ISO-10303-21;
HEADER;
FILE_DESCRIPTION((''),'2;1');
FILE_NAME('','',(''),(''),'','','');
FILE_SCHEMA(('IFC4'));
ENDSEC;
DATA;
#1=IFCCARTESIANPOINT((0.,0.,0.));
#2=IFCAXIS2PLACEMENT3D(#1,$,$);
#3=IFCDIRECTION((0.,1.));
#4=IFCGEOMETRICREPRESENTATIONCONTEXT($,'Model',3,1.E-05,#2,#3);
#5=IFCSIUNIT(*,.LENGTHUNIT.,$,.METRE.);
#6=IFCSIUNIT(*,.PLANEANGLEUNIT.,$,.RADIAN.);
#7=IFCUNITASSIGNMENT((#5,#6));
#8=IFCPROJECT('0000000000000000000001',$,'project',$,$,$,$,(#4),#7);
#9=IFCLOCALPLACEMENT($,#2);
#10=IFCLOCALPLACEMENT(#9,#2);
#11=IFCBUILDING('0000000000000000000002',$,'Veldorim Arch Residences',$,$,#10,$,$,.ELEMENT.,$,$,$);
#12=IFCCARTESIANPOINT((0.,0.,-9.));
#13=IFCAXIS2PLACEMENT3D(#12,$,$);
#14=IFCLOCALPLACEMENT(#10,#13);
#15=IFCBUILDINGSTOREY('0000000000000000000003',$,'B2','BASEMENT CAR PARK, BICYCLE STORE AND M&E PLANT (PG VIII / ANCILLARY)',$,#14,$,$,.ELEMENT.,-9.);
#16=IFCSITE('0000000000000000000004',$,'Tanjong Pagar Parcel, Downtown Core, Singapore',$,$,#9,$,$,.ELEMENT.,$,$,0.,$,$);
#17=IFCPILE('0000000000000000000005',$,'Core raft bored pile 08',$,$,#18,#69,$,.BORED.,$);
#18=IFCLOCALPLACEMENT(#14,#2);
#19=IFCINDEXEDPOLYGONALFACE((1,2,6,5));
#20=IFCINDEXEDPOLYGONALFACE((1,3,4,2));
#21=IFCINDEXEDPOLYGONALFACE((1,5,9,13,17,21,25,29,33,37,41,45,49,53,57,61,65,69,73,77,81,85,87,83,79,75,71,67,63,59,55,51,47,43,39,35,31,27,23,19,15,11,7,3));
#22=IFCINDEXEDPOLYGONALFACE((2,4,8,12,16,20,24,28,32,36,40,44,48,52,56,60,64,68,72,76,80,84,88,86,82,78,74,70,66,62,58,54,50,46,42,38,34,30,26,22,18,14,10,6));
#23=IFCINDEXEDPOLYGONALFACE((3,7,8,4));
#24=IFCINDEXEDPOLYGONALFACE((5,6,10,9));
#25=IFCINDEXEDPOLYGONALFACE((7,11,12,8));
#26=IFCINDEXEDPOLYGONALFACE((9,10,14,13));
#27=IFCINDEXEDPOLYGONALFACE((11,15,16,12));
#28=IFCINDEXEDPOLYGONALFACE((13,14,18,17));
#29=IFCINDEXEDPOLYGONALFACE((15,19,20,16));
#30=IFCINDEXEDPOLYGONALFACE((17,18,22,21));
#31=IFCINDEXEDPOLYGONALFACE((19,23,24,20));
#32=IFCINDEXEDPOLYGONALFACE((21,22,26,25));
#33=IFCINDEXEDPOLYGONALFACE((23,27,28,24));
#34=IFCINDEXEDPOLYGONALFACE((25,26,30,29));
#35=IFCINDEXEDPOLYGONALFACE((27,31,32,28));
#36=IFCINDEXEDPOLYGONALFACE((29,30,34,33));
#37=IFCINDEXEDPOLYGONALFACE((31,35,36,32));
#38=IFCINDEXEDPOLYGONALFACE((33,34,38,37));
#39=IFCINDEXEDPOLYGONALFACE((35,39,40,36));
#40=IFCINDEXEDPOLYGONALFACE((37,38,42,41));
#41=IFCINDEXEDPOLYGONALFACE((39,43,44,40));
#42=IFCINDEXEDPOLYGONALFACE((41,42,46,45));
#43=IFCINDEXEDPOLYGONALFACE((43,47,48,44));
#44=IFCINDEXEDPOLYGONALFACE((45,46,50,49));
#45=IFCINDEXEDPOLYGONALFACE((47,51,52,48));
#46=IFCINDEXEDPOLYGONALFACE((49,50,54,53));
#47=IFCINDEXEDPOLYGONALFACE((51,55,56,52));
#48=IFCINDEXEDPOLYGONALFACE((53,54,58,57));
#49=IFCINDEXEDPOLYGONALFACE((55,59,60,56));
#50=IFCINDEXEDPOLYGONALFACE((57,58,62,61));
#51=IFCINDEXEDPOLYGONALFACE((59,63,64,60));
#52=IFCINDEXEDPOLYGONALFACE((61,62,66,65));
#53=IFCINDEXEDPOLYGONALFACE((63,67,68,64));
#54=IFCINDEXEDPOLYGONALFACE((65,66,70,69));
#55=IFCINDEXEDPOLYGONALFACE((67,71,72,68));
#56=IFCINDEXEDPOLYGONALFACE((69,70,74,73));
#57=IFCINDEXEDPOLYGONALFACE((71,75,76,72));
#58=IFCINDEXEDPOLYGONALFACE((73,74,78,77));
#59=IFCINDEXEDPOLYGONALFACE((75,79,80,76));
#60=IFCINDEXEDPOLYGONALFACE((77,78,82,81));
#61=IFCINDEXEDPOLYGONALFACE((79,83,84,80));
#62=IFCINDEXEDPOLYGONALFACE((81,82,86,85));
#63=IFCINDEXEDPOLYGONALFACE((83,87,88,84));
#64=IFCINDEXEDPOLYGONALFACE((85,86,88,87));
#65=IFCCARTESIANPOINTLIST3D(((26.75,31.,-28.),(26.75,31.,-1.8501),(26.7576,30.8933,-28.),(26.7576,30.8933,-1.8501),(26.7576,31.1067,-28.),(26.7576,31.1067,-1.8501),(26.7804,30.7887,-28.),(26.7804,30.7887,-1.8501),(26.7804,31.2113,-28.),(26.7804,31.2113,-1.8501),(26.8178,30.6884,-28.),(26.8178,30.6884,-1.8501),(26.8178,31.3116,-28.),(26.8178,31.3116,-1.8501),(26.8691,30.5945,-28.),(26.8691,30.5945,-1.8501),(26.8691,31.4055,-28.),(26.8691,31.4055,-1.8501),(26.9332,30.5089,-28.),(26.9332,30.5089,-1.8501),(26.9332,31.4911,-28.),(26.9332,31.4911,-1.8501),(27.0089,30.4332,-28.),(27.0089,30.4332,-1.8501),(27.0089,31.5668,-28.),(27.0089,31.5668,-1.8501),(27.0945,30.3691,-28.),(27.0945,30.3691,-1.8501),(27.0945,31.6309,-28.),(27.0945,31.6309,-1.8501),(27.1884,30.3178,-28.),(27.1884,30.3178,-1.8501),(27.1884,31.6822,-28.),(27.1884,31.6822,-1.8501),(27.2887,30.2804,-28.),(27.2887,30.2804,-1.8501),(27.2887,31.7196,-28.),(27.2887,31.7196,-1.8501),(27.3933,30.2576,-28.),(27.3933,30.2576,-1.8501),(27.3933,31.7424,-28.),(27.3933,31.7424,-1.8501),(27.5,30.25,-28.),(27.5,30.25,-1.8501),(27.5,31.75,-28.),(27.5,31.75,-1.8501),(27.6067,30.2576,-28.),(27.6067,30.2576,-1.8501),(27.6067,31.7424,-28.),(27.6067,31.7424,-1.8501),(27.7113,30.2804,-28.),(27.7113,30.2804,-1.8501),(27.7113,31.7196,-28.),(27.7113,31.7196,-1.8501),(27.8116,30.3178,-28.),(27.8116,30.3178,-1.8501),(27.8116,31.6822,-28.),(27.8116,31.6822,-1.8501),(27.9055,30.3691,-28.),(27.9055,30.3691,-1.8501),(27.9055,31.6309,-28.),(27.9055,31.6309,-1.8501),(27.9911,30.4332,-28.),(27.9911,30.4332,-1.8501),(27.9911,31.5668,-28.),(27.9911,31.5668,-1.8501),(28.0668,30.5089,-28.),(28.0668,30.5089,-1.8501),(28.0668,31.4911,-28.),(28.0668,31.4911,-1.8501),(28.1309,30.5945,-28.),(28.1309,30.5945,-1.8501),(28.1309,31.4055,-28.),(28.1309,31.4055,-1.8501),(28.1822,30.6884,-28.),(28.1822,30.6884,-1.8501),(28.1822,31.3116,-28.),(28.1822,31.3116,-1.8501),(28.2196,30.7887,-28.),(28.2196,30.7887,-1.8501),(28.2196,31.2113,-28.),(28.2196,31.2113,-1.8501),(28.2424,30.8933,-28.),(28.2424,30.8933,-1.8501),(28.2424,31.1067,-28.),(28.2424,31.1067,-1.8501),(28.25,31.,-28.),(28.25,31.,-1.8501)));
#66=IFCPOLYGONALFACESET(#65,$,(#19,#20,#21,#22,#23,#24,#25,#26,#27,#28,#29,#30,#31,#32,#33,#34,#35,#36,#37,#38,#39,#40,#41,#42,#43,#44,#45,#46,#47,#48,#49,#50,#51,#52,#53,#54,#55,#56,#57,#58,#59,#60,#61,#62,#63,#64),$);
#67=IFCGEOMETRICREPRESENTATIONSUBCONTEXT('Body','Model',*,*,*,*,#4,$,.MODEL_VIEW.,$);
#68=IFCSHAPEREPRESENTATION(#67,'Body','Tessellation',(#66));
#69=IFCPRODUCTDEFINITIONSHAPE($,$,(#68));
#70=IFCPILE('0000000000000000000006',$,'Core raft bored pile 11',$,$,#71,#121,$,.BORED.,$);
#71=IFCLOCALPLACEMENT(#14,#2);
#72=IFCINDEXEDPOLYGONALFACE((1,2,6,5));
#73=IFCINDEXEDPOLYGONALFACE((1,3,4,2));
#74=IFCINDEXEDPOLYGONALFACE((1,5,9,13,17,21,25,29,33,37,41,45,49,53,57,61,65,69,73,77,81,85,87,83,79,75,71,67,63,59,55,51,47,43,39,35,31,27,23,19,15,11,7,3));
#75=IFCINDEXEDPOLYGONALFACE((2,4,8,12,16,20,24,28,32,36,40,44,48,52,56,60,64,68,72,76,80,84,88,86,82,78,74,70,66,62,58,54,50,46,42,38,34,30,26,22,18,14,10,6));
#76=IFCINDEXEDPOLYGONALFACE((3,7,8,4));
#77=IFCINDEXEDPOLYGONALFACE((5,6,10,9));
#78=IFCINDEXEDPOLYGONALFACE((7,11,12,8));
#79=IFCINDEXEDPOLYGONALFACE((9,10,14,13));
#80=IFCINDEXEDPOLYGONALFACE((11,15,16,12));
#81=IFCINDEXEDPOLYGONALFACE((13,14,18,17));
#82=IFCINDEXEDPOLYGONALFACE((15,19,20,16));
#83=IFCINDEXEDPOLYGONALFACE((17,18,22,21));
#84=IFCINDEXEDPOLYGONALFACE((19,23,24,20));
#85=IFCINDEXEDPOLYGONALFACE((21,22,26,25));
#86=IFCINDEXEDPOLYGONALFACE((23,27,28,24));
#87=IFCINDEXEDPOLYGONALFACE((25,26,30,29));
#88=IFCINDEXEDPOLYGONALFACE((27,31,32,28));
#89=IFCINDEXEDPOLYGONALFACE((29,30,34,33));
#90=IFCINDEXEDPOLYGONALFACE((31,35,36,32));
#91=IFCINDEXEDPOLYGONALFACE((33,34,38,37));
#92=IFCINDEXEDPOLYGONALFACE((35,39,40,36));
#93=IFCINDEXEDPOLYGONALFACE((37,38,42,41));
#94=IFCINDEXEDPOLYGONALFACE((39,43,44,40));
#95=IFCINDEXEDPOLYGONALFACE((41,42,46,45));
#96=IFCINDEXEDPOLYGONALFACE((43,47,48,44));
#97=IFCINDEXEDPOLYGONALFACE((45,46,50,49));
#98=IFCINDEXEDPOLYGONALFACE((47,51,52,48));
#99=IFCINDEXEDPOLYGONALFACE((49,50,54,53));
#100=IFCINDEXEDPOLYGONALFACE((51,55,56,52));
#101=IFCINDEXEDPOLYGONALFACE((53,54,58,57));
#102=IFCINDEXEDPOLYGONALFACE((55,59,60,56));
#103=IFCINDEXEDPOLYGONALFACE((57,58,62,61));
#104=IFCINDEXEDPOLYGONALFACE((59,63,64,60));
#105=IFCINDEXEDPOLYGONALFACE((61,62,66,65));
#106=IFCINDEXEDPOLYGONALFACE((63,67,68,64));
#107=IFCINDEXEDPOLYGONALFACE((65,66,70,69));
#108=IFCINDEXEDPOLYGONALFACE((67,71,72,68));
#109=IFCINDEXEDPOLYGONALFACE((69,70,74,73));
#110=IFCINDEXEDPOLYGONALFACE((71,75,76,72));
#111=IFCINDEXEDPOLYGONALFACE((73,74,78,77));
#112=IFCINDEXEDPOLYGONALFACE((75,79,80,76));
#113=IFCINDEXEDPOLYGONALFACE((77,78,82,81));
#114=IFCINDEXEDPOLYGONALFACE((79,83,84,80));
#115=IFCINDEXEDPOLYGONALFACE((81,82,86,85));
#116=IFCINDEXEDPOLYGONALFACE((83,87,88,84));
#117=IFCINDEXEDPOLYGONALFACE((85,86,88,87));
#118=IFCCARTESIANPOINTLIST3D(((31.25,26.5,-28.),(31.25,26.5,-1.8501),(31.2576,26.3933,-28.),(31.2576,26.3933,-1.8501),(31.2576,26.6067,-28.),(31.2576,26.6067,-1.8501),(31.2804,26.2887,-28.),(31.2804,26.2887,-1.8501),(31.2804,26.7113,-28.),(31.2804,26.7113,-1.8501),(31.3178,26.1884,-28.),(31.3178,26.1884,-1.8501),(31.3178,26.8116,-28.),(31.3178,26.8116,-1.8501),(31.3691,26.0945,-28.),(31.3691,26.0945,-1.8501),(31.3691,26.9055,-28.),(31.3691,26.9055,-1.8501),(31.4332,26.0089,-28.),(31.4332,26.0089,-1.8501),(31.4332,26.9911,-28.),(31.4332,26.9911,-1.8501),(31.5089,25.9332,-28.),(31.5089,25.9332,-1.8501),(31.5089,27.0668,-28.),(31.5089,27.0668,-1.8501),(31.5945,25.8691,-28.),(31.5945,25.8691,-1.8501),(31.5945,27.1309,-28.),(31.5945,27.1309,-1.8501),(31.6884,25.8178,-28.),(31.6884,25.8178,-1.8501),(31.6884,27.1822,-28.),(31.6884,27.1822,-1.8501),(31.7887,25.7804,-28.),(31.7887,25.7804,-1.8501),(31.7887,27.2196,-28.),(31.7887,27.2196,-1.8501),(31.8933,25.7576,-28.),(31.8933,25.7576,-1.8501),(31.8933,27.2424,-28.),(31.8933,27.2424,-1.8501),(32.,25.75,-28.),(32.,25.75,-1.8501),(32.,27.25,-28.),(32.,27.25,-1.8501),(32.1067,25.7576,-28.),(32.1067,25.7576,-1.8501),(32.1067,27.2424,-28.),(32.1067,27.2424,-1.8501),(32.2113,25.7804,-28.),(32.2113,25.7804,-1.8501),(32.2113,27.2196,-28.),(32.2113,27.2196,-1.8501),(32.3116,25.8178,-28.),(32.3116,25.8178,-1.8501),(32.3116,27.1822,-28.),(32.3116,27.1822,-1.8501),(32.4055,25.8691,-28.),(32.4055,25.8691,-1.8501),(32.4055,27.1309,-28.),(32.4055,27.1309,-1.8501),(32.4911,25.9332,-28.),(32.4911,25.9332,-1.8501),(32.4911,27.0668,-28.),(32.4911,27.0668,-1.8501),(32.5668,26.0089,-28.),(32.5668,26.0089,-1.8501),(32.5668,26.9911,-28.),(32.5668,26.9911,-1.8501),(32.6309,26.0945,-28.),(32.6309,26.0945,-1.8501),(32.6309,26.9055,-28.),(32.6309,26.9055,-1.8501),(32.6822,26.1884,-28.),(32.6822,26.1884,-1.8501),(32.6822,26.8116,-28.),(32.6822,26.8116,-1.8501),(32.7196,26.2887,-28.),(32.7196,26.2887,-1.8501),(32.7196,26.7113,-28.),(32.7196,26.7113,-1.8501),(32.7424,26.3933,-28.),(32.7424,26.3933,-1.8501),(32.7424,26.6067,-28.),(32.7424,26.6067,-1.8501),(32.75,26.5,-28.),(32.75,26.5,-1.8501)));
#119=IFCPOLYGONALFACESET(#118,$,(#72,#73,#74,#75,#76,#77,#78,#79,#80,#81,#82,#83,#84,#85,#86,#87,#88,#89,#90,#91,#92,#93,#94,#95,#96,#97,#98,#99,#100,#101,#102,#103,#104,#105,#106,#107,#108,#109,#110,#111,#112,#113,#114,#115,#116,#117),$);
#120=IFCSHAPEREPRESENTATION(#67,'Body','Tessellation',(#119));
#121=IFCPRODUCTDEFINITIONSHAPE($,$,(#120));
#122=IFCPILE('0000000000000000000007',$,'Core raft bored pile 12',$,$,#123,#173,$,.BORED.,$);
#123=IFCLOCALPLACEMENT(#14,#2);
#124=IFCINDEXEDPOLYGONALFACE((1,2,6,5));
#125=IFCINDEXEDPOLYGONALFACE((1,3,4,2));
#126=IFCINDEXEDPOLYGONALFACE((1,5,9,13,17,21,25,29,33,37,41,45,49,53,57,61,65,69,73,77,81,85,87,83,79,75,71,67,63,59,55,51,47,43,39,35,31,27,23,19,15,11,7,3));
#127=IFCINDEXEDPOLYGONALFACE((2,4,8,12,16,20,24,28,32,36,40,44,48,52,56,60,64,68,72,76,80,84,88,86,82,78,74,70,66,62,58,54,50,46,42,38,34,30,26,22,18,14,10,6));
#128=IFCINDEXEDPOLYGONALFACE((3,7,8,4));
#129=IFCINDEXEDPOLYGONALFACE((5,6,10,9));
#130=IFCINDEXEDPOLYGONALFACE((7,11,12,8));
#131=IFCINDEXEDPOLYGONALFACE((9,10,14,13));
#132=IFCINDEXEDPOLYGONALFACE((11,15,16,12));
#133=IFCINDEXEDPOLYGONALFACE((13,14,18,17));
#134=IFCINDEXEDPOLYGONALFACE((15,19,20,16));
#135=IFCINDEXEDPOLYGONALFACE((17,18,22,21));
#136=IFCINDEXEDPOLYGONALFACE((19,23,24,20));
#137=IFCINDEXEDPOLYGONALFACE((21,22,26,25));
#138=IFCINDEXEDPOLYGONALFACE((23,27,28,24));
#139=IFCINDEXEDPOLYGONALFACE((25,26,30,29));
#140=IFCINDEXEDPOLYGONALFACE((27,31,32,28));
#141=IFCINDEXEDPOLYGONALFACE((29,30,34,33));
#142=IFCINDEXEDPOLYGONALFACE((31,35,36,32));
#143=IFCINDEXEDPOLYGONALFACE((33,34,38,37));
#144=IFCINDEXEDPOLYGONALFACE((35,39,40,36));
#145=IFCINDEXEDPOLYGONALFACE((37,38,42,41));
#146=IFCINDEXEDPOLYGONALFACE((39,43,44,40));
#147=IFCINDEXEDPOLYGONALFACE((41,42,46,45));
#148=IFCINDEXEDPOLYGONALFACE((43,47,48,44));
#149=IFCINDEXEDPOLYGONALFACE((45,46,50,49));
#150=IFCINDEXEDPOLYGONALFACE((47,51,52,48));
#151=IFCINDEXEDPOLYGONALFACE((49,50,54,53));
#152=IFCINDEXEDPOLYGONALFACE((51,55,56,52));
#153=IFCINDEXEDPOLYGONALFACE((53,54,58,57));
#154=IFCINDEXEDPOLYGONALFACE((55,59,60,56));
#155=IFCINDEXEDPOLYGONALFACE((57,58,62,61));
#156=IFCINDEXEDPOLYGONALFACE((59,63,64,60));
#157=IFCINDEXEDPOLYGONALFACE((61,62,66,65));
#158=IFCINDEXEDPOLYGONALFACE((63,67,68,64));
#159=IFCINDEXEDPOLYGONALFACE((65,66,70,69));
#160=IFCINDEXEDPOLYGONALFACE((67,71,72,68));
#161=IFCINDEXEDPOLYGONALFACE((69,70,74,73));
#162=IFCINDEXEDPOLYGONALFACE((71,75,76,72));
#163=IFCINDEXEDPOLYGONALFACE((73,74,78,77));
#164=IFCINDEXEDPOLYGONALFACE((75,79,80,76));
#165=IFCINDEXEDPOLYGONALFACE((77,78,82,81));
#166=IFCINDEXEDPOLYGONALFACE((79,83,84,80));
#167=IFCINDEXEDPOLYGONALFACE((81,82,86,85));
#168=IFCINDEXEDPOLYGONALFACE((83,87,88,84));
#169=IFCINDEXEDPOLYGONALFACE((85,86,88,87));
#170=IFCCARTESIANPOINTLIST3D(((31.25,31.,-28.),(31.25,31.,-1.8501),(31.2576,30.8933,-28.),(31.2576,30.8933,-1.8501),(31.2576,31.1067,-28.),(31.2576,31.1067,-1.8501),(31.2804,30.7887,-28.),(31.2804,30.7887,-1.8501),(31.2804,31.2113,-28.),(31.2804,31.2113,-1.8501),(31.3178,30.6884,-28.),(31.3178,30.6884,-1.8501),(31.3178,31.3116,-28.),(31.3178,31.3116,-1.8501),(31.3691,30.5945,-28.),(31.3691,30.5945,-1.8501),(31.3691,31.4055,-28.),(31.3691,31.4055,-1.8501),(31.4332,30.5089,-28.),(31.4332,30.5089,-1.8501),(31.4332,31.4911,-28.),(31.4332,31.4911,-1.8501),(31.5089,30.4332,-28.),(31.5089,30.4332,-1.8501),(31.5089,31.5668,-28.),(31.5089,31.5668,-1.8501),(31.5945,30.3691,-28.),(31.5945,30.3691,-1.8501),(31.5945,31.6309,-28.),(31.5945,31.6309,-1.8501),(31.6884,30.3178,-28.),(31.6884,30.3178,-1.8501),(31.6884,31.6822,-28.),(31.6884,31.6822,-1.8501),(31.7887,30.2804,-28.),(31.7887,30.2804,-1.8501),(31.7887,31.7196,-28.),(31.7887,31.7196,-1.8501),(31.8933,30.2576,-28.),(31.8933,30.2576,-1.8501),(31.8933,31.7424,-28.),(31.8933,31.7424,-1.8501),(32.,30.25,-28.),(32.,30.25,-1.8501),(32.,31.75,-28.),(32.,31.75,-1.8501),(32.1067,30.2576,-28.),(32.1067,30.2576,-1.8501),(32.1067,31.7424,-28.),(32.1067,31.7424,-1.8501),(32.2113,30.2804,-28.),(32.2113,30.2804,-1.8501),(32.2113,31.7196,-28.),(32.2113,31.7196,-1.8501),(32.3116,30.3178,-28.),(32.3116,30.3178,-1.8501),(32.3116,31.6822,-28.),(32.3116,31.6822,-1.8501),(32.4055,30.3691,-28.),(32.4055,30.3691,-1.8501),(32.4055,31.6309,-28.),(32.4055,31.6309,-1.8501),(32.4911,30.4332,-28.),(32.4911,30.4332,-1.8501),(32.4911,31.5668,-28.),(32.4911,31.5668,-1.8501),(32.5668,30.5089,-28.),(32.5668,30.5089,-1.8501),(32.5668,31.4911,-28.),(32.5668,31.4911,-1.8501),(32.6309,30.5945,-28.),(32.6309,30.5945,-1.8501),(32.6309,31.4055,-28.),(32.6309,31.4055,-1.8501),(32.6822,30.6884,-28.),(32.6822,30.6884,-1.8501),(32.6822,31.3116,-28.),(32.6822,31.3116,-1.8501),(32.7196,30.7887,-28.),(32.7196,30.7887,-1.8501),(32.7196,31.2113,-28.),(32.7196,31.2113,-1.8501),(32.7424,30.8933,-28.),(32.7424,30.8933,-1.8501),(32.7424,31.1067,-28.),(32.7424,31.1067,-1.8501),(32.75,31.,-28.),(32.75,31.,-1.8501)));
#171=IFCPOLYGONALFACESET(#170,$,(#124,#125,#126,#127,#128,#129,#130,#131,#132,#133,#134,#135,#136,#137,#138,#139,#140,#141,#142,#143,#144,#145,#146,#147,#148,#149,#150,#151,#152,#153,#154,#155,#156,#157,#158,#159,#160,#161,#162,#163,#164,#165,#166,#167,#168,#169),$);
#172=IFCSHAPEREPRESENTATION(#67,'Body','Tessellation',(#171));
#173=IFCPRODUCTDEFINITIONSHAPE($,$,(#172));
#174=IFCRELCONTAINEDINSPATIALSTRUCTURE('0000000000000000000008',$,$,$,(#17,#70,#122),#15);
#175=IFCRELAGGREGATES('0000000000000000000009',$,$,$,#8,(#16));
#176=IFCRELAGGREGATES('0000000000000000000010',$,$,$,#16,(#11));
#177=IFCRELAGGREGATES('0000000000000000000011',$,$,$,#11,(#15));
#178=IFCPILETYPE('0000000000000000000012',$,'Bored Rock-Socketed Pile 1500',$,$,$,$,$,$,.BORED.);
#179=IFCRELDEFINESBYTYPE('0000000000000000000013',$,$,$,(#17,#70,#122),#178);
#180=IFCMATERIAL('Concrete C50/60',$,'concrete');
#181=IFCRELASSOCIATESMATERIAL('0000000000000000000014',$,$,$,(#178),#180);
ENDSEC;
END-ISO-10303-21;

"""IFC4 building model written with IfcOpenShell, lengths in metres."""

from ifc_helpers import new_model, si_unit, direction, frame, origin, origin_2d, place, context, subcontext, project, spatial, circle, extrude, material, material_profile, profile_set, type_object, element, save


model = new_model("IFC4")

# Units and contexts
model_context = context("Model", 3, precision=1e-05, world=origin(), true_north=direction((0.0, 1.0)))
body_context = subcontext(model_context, "Body", "Model", "MODEL_VIEW")
ifc_project = project(units=[si_unit("LENGTHUNIT", "METRE"), si_unit("PLANEANGLEUNIT", "RADIAN")], contexts=[model_context])

# Site, building, storey
site_placement = place(None, origin())
site = spatial("IfcSite", under=ifc_project, at=site_placement, Name="Tanjong Pagar Parcel, Downtown Core, Singapore", CompositionType="ELEMENT", RefElevation=0.0)
building_placement = place(site_placement, origin())
building = spatial("IfcBuilding", under=site, at=building_placement, Name="Veldorim Arch Residences", CompositionType="ELEMENT")
storey_placement = place(building_placement, frame((0.0, 0.0, -9.0)))
storey = spatial("IfcBuildingStorey", under=building, at=storey_placement, Name="B2", Description="BASEMENT CAR PARK, BICYCLE STORE AND M&E PLANT (PG VIII / ANCILLARY)", CompositionType="ELEMENT", Elevation=-9.0)

# Piles
ifc_material_1 = material(Name="Concrete C50/60", Category="concrete")
ifc_material_profile_1 = material_profile(ifc_material_1, circle(Radius=0.75, at=origin_2d()), Name="PILE_1500")
ifc_profile_set_1 = profile_set([ifc_material_profile_1], Name="Concrete C50/60")
pile_type_1 = type_object("IfcPileType", Name="Bored Rock-Socketed Pile 1500", PredefinedType="BORED", material=ifc_profile_set_1)
for number, where, z_axis, x_axis, name in (
    (1, (27.5, 31.0, -1.8501), (0.0, 0.0, -1.0), (1.0, 0.0, 0.0), "Core raft bored pile 08"),
    (2, (32.0, 26.5, -1.8501), (0.0, 0.0, -1.0), (1.0, 0.0, 0.0), "Core raft bored pile 11"),
    (3, (32.0, 31.0, -1.8501), (0.0, 0.0, -1.0), (1.0, 0.0, 0.0), "Core raft bored pile 12"),
):
    element("IfcPile", number, at=place(storey_placement, frame(where, z_axis=z_axis, x_axis=x_axis)), inside=storey, type_object=pile_type_1, Name=name, PredefinedType="BORED", context=body_context, shape_type="SweptSolid", body=[
        extrude(circle(Radius=0.75, at=origin_2d()), origin(), (0.0, 0.0, 1.0), 26.1499),
    ])

save(model, "model.ifc")
